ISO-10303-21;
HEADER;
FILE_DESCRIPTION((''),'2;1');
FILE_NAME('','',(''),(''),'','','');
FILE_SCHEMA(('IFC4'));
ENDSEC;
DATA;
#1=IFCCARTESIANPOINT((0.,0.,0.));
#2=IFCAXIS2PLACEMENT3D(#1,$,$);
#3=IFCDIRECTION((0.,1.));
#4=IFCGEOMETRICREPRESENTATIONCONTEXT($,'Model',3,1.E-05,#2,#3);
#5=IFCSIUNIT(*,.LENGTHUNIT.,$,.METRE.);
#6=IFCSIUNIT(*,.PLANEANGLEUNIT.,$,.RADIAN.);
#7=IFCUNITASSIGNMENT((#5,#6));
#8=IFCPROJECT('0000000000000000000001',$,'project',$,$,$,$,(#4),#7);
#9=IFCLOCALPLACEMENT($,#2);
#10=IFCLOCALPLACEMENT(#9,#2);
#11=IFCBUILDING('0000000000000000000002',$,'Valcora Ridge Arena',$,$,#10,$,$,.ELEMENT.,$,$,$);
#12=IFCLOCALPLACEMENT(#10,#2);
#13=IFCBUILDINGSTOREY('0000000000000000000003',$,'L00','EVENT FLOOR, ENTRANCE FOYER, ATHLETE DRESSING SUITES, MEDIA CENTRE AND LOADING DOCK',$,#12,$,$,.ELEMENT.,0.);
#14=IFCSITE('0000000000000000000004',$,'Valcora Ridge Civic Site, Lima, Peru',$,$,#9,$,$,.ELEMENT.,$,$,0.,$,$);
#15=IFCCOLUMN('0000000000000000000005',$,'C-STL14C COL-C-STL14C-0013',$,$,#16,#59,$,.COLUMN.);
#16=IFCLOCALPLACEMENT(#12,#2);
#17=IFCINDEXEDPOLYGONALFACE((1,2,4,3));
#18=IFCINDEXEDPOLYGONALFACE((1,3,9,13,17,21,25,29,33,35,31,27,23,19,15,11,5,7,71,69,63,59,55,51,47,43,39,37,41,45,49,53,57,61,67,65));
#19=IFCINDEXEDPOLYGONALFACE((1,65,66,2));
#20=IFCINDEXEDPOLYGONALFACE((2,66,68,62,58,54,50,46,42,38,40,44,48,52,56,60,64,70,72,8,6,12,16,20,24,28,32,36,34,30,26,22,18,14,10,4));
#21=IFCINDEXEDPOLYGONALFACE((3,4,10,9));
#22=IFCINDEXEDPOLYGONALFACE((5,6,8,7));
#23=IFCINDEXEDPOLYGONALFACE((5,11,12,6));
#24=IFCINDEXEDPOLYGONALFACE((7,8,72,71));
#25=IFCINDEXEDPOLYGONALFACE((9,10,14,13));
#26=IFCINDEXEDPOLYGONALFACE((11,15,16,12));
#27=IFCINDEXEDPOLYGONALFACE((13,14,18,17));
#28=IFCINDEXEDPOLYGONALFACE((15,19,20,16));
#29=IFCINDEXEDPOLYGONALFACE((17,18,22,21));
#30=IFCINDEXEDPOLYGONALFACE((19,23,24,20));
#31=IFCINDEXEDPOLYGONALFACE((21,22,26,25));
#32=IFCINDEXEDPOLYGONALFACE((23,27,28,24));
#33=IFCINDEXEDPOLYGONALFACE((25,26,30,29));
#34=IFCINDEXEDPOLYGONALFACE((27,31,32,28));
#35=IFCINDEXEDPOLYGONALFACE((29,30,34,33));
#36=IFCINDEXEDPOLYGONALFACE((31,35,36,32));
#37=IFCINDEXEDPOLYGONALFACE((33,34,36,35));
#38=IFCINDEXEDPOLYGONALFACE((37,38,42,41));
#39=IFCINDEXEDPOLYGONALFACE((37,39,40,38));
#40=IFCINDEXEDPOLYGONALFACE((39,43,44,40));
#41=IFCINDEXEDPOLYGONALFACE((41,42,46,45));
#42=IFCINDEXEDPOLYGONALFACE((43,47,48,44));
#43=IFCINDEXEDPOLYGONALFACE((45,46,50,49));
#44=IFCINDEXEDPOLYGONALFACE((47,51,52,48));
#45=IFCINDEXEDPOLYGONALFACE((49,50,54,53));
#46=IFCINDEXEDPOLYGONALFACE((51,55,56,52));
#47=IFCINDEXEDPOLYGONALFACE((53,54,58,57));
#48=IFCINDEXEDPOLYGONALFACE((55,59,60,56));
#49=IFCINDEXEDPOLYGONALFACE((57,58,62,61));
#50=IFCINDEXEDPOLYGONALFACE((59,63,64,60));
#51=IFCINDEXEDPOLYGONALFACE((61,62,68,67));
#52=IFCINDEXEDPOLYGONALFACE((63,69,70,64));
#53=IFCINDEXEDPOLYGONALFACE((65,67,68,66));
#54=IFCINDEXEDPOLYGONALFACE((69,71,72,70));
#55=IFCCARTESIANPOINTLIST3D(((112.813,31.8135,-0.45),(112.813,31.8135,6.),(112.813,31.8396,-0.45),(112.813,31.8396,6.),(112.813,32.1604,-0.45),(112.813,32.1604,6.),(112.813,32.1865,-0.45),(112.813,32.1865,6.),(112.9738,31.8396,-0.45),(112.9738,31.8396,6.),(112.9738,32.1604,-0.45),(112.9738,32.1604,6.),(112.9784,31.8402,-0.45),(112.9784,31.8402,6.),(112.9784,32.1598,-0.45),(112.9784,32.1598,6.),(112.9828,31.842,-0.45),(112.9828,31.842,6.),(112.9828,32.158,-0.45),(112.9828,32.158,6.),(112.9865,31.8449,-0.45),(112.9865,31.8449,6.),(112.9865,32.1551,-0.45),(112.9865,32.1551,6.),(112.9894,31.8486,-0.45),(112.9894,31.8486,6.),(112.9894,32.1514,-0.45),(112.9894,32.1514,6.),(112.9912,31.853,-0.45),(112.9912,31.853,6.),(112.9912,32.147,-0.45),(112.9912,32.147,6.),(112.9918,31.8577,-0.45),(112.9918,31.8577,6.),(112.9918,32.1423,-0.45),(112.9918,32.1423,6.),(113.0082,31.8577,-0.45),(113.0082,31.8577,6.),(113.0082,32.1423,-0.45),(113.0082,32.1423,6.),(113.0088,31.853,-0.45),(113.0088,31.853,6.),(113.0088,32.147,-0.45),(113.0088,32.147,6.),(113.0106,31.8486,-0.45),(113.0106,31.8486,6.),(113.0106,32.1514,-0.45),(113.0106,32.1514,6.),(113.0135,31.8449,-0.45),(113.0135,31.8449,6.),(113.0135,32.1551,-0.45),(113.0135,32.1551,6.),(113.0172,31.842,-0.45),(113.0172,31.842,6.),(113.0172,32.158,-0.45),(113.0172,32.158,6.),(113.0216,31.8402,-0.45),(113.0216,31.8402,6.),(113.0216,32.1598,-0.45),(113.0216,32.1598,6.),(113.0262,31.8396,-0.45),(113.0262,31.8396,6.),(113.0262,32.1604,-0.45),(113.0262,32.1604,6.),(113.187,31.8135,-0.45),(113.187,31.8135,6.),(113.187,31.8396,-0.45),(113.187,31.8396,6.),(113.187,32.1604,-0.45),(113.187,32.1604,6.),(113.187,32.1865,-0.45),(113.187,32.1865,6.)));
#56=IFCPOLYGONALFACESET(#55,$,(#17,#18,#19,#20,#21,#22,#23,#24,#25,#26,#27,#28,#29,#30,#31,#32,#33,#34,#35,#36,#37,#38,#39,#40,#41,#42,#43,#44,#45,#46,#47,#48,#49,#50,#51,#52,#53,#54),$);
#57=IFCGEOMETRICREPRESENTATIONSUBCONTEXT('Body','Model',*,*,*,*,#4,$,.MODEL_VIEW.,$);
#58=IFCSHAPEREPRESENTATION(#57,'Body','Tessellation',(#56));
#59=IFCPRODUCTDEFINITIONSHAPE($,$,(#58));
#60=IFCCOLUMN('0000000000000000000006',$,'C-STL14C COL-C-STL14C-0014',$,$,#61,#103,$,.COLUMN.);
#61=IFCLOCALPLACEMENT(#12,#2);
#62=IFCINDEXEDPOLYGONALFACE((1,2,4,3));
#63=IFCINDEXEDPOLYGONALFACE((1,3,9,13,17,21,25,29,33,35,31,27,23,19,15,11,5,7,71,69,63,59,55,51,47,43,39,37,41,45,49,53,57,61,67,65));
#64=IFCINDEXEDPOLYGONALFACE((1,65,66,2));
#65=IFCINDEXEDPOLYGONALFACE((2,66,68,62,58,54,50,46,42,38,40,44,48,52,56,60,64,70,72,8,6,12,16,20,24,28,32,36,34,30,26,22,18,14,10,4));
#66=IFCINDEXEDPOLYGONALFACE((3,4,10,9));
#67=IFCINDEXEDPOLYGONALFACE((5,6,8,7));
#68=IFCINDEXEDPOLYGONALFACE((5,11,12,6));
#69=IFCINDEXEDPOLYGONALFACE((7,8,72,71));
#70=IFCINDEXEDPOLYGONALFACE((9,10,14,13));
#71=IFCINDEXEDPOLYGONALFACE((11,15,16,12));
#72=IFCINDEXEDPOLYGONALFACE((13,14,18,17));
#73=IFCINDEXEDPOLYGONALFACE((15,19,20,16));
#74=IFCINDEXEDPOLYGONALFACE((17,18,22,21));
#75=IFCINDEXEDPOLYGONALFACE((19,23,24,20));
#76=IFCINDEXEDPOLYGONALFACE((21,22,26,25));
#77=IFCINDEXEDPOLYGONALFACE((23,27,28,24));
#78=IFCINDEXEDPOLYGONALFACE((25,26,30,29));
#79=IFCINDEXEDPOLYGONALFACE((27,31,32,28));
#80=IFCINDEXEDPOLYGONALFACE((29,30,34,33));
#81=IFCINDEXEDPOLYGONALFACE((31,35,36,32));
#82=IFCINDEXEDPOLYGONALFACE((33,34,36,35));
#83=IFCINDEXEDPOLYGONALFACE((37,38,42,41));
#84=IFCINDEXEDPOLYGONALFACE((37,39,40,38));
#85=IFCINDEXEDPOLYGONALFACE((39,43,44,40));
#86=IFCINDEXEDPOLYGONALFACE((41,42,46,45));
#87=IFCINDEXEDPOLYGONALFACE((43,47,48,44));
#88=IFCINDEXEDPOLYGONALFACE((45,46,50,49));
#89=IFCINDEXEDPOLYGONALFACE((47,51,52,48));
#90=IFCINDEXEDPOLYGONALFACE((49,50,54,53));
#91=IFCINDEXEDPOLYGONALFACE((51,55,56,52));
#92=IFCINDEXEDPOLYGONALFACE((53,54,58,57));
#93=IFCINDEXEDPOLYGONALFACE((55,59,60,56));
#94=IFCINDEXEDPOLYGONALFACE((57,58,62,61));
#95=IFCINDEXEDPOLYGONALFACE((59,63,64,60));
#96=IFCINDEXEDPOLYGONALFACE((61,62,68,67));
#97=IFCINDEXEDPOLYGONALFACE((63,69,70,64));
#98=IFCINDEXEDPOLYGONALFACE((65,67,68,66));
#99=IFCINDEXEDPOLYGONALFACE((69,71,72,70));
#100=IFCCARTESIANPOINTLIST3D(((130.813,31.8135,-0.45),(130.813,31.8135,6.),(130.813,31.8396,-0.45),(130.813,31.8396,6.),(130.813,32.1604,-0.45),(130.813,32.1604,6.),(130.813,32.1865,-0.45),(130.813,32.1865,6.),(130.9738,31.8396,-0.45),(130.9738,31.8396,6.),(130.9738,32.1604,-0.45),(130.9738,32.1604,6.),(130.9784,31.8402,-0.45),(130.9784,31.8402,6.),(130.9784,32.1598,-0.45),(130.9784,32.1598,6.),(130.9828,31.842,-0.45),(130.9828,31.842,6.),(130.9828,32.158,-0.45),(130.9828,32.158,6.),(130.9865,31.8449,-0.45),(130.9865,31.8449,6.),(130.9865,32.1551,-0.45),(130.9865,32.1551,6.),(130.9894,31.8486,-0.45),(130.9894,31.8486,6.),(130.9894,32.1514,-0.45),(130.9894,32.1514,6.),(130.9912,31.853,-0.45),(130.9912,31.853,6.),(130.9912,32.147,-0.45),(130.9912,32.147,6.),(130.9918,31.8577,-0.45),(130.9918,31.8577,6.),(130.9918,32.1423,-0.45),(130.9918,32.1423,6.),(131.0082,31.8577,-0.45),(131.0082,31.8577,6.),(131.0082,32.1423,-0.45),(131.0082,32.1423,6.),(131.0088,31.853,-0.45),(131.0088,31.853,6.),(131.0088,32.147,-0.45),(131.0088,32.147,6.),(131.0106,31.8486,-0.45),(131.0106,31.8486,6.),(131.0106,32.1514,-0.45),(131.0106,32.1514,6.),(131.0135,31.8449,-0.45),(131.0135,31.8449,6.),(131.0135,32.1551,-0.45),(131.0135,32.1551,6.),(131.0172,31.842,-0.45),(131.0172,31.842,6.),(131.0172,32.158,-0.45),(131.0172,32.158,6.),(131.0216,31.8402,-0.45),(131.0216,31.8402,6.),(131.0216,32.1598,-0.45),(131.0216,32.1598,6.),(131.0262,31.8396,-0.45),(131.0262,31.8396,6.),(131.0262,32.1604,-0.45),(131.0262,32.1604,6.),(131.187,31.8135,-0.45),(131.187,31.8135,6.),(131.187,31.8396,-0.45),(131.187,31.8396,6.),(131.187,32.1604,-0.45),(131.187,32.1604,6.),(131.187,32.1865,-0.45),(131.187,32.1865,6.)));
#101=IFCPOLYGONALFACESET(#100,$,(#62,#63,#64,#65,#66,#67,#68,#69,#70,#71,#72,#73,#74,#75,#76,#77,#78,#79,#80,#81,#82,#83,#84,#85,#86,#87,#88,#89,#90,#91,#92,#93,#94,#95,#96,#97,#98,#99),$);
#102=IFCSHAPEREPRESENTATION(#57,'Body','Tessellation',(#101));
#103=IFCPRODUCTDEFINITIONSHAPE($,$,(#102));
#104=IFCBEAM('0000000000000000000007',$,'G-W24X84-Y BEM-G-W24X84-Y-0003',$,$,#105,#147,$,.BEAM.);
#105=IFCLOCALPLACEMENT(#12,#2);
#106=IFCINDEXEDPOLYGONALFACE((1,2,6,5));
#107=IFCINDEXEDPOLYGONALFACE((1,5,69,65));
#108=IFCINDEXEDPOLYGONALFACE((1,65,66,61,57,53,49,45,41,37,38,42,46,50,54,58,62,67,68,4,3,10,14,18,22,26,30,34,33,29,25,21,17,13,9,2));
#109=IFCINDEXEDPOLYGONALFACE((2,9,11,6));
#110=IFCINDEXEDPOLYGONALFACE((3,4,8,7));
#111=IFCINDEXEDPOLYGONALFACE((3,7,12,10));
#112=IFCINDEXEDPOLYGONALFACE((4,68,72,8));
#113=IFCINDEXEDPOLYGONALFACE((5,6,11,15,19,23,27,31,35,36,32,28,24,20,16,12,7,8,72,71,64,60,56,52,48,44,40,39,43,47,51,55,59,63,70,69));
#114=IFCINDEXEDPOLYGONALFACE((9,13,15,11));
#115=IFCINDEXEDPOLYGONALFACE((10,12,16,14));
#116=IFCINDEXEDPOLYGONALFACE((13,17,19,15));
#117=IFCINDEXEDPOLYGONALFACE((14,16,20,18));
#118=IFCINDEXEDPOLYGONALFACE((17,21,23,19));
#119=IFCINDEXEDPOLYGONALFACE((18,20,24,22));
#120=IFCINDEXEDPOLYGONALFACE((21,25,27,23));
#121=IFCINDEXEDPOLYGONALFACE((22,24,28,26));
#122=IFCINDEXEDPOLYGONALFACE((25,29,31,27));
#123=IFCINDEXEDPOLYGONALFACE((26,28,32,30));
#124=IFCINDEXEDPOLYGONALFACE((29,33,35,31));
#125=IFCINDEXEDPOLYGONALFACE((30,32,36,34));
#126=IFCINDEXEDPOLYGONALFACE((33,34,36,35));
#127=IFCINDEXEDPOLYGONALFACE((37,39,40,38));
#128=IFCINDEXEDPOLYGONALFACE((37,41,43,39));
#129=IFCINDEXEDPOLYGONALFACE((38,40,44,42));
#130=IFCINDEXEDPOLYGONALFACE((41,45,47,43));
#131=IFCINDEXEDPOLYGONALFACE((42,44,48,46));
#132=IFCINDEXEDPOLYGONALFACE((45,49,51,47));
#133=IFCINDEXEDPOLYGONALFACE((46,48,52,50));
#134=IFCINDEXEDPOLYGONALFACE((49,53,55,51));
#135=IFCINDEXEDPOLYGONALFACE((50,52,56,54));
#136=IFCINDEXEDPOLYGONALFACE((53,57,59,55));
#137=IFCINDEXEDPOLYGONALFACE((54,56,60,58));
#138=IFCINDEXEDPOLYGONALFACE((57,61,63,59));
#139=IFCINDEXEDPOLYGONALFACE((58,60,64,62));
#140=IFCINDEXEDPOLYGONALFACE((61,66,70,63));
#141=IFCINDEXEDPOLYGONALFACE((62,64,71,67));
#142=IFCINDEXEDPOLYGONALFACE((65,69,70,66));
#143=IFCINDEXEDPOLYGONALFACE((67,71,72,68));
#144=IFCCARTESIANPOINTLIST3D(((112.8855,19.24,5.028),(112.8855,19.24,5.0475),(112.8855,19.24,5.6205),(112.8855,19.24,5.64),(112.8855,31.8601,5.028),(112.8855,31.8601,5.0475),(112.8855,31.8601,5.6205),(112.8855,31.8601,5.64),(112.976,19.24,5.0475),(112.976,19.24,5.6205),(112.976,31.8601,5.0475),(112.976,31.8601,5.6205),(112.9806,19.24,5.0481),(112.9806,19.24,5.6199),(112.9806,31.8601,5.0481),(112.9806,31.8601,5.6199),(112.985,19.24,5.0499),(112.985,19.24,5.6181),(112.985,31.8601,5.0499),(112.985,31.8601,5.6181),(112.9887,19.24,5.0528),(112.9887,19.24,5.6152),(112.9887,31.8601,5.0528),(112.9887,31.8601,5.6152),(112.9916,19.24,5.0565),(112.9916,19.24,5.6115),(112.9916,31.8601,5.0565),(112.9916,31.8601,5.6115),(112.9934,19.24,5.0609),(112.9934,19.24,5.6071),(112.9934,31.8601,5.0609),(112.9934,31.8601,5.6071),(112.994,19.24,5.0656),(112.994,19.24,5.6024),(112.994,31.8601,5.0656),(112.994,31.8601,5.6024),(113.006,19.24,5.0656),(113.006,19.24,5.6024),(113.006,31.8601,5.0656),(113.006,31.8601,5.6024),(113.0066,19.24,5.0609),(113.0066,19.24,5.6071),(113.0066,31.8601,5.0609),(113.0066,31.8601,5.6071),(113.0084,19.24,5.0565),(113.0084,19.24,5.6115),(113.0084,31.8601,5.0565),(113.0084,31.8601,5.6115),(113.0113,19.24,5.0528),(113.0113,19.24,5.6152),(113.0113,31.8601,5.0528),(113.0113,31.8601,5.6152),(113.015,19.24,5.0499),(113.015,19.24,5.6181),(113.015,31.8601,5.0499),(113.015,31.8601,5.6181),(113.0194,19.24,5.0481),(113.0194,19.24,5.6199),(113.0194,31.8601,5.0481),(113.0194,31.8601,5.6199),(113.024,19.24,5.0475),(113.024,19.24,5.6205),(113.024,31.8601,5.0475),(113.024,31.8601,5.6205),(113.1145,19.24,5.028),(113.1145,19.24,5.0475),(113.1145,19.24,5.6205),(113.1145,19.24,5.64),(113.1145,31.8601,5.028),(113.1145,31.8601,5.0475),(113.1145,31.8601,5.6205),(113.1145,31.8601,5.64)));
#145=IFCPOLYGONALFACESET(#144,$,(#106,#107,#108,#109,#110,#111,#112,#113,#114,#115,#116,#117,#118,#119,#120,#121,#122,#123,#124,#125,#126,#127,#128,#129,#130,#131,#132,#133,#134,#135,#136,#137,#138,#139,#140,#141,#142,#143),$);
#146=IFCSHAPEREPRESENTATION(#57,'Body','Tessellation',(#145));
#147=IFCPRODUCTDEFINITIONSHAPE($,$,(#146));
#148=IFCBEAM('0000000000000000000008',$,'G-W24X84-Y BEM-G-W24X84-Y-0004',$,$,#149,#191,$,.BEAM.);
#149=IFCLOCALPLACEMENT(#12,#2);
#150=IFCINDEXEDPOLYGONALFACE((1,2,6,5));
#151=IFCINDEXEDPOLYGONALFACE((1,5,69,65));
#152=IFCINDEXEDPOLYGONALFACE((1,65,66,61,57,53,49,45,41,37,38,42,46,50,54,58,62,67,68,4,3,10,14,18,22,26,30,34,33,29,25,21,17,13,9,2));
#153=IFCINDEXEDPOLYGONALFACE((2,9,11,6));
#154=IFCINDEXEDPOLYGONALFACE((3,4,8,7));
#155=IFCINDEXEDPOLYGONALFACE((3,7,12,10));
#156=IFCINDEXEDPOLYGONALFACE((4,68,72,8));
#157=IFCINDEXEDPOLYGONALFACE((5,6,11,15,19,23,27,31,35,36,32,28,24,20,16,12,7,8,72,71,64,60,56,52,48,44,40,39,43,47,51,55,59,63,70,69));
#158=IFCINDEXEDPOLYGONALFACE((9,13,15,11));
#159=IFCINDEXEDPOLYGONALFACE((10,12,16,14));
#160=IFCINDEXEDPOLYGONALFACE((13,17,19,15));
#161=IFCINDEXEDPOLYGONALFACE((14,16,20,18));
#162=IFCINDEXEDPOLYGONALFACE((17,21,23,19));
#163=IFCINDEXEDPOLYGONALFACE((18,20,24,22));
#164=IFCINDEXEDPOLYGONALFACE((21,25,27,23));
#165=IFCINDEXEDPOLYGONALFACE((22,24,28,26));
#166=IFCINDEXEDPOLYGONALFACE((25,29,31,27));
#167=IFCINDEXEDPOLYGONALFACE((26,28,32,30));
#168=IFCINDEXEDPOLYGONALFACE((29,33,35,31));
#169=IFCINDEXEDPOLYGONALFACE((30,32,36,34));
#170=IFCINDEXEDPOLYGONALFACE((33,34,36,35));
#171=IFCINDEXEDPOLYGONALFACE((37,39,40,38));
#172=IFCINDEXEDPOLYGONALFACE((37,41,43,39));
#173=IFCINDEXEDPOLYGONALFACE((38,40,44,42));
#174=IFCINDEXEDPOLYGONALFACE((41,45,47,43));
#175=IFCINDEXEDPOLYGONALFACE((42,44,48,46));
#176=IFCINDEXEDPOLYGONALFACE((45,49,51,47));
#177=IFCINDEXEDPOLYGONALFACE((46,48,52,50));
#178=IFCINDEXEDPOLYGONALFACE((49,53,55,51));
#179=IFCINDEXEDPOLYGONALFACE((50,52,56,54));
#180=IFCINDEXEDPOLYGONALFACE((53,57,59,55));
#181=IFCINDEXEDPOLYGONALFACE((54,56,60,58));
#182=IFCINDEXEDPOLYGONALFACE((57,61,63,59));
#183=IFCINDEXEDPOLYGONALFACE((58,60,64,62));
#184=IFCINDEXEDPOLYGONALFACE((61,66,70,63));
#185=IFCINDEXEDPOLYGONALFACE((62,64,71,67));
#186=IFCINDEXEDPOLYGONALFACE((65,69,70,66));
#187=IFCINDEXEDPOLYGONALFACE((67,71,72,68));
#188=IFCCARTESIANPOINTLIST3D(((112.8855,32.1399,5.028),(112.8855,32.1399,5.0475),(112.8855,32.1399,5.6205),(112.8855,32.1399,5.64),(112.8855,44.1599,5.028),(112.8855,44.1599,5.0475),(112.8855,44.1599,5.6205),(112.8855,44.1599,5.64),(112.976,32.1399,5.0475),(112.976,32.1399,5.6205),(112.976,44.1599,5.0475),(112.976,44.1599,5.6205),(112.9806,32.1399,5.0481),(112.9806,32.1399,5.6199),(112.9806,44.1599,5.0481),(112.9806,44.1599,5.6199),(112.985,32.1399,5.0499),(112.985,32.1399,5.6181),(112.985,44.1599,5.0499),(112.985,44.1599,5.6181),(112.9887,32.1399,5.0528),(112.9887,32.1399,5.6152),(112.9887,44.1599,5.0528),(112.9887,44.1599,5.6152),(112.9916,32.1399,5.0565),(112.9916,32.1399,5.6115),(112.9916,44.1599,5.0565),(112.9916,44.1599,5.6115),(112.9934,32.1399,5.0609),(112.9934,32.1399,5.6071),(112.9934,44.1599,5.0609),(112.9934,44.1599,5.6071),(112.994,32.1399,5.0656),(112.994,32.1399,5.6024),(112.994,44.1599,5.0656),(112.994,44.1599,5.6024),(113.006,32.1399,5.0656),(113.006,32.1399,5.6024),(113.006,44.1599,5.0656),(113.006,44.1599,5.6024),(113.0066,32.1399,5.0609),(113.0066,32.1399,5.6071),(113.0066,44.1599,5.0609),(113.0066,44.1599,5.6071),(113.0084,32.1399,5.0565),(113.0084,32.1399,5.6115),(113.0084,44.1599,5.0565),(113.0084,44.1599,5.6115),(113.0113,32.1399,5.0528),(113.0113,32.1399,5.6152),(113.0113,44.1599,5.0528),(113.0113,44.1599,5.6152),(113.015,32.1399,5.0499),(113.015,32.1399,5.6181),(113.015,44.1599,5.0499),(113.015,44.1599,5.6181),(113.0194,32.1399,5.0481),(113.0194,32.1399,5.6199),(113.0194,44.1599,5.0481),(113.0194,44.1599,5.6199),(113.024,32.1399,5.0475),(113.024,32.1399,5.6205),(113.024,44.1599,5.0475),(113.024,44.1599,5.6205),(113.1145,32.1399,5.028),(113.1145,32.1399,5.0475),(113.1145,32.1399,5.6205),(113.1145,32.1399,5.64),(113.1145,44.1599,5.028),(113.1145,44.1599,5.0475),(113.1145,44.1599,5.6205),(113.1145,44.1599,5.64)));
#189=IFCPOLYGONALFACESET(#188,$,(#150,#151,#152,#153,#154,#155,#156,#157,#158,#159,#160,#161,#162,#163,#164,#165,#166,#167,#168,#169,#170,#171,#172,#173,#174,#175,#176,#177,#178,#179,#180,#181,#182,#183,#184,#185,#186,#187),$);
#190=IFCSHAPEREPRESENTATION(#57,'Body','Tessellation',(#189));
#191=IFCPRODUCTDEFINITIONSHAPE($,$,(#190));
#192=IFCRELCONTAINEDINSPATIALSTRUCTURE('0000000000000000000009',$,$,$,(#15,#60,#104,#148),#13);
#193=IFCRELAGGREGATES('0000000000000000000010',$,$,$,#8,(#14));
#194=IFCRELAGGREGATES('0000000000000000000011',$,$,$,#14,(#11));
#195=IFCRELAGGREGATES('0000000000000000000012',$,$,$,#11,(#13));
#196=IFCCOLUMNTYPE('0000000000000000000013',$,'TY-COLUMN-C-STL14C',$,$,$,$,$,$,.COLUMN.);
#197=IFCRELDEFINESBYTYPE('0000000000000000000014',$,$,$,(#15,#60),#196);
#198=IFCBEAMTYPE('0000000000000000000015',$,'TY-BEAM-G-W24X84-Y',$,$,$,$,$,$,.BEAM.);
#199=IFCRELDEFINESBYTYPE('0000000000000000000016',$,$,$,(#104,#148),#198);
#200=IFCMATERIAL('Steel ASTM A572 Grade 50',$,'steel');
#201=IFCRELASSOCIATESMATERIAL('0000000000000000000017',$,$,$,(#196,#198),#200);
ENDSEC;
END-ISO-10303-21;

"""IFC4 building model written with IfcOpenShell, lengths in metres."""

from ifc_helpers import new_model, si_unit, direction, frame, origin, origin_2d, place, context, subcontext, project, spatial, i_section, extrude, material, material_profile, profile_set, type_object, element, save


model = new_model("IFC4")

# Units and contexts
model_context = context("Model", 3, precision=1e-05, world=origin(), true_north=direction((0.0, 1.0)))
body_context = subcontext(model_context, "Body", "Model", "MODEL_VIEW")
ifc_project = project(units=[si_unit("LENGTHUNIT", "METRE"), si_unit("PLANEANGLEUNIT", "RADIAN")], contexts=[model_context])

# Site, building, storey
site_placement = place(None, origin())
site = spatial("IfcSite", under=ifc_project, at=site_placement, Name="Valcora Ridge Civic Site, Lima, Peru", CompositionType="ELEMENT", RefElevation=0.0)
building_placement = place(site_placement, origin())
building = spatial("IfcBuilding", under=site, at=building_placement, Name="Valcora Ridge Arena", CompositionType="ELEMENT")
storey_placement = place(building_placement, origin())
storey = spatial("IfcBuildingStorey", under=building, at=storey_placement, Name="L00", Description="EVENT FLOOR, ENTRANCE FOYER, ATHLETE DRESSING SUITES, MEDIA CENTRE AND LOADING DOCK", CompositionType="ELEMENT", Elevation=0.0)

# Columns
ifc_material_1 = material(Name="Steel ASTM A572 Grade 50", Category="steel")
ifc_material_profile_1 = material_profile(ifc_material_1, i_section(OverallWidth=0.374, OverallDepth=0.373, WebThickness=0.0164, FlangeThickness=0.0261, FilletRadius=0.0181, at=origin_2d()), Name="W14X132")
ifc_profile_set_1 = profile_set([ifc_material_profile_1], Name="Steel ASTM A572 Grade 50")
column_type = type_object("IfcColumnType", Name="TY-COLUMN-C-STL14C", PredefinedType="COLUMN", material=ifc_profile_set_1)
for number, where, z_axis, x_axis, name in (
    (1, (113.0, 32.0, -0.45), (0.0, 0.0, 1.0), (1.0, 0.0, 0.0), "C-STL14C COL-C-STL14C-0013"),
    (2, (131.0, 32.0, -0.45), (0.0, 0.0, 1.0), (1.0, 0.0, 0.0), "C-STL14C COL-C-STL14C-0014"),
):
    element("IfcColumn", number, at=place(storey_placement, frame(where, z_axis=z_axis, x_axis=x_axis)), inside=storey, type_object=column_type, Name=name, PredefinedType="COLUMN", context=body_context, shape_type="SweptSolid", body=[
        extrude(i_section(OverallWidth=0.374, OverallDepth=0.373, WebThickness=0.0164, FlangeThickness=0.0261, FilletRadius=0.0181, at=origin_2d()), origin(), (0.0, 0.0, 1.0), 6.45),
    ])

# Beams
ifc_material_profile_2 = material_profile(ifc_material_1, i_section(OverallWidth=0.229, OverallDepth=0.6121, WebThickness=0.012, FlangeThickness=0.0195, FilletRadius=0.0181, at=origin_2d()), Name="W24X84")
ifc_profile_set_2 = profile_set([ifc_material_profile_2], Name="Steel ASTM A572 Grade 50")
beam_type = type_object("IfcBeamType", Name="TY-BEAM-G-W24X84-Y", PredefinedType="BEAM", material=ifc_profile_set_2)
beam_1_placement = place(storey_placement, frame((113.0, 19.24, 5.334), z_axis=(0.0, 1.0, 0.0), x_axis=(-1.0, 0.0, 0.0)))
element("IfcBeam", 3, at=beam_1_placement, inside=storey, type_object=beam_type, Name="G-W24X84-Y BEM-G-W24X84-Y-0003", PredefinedType="BEAM", context=body_context, shape_type="SweptSolid", body=[
    extrude(i_section(OverallWidth=0.229, OverallDepth=0.6121, WebThickness=0.012, FlangeThickness=0.0195, FilletRadius=0.0181, at=origin_2d()), origin(), (0.0, 0.0, 1.0), 12.6201),
])
beam_2_placement = place(storey_placement, frame((113.0, 32.1399, 5.334), z_axis=(0.0, 1.0, 0.0), x_axis=(-1.0, 0.0, 0.0)))
element("IfcBeam", 4, at=beam_2_placement, inside=storey, type_object=beam_type, Name="G-W24X84-Y BEM-G-W24X84-Y-0004", PredefinedType="BEAM", context=body_context, shape_type="SweptSolid", body=[
    extrude(i_section(OverallWidth=0.229, OverallDepth=0.6121, WebThickness=0.012, FlangeThickness=0.0195, FilletRadius=0.0181, at=origin_2d()), origin(), (0.0, 0.0, 1.0), 12.02),
])

save(model, "model.ifc")
